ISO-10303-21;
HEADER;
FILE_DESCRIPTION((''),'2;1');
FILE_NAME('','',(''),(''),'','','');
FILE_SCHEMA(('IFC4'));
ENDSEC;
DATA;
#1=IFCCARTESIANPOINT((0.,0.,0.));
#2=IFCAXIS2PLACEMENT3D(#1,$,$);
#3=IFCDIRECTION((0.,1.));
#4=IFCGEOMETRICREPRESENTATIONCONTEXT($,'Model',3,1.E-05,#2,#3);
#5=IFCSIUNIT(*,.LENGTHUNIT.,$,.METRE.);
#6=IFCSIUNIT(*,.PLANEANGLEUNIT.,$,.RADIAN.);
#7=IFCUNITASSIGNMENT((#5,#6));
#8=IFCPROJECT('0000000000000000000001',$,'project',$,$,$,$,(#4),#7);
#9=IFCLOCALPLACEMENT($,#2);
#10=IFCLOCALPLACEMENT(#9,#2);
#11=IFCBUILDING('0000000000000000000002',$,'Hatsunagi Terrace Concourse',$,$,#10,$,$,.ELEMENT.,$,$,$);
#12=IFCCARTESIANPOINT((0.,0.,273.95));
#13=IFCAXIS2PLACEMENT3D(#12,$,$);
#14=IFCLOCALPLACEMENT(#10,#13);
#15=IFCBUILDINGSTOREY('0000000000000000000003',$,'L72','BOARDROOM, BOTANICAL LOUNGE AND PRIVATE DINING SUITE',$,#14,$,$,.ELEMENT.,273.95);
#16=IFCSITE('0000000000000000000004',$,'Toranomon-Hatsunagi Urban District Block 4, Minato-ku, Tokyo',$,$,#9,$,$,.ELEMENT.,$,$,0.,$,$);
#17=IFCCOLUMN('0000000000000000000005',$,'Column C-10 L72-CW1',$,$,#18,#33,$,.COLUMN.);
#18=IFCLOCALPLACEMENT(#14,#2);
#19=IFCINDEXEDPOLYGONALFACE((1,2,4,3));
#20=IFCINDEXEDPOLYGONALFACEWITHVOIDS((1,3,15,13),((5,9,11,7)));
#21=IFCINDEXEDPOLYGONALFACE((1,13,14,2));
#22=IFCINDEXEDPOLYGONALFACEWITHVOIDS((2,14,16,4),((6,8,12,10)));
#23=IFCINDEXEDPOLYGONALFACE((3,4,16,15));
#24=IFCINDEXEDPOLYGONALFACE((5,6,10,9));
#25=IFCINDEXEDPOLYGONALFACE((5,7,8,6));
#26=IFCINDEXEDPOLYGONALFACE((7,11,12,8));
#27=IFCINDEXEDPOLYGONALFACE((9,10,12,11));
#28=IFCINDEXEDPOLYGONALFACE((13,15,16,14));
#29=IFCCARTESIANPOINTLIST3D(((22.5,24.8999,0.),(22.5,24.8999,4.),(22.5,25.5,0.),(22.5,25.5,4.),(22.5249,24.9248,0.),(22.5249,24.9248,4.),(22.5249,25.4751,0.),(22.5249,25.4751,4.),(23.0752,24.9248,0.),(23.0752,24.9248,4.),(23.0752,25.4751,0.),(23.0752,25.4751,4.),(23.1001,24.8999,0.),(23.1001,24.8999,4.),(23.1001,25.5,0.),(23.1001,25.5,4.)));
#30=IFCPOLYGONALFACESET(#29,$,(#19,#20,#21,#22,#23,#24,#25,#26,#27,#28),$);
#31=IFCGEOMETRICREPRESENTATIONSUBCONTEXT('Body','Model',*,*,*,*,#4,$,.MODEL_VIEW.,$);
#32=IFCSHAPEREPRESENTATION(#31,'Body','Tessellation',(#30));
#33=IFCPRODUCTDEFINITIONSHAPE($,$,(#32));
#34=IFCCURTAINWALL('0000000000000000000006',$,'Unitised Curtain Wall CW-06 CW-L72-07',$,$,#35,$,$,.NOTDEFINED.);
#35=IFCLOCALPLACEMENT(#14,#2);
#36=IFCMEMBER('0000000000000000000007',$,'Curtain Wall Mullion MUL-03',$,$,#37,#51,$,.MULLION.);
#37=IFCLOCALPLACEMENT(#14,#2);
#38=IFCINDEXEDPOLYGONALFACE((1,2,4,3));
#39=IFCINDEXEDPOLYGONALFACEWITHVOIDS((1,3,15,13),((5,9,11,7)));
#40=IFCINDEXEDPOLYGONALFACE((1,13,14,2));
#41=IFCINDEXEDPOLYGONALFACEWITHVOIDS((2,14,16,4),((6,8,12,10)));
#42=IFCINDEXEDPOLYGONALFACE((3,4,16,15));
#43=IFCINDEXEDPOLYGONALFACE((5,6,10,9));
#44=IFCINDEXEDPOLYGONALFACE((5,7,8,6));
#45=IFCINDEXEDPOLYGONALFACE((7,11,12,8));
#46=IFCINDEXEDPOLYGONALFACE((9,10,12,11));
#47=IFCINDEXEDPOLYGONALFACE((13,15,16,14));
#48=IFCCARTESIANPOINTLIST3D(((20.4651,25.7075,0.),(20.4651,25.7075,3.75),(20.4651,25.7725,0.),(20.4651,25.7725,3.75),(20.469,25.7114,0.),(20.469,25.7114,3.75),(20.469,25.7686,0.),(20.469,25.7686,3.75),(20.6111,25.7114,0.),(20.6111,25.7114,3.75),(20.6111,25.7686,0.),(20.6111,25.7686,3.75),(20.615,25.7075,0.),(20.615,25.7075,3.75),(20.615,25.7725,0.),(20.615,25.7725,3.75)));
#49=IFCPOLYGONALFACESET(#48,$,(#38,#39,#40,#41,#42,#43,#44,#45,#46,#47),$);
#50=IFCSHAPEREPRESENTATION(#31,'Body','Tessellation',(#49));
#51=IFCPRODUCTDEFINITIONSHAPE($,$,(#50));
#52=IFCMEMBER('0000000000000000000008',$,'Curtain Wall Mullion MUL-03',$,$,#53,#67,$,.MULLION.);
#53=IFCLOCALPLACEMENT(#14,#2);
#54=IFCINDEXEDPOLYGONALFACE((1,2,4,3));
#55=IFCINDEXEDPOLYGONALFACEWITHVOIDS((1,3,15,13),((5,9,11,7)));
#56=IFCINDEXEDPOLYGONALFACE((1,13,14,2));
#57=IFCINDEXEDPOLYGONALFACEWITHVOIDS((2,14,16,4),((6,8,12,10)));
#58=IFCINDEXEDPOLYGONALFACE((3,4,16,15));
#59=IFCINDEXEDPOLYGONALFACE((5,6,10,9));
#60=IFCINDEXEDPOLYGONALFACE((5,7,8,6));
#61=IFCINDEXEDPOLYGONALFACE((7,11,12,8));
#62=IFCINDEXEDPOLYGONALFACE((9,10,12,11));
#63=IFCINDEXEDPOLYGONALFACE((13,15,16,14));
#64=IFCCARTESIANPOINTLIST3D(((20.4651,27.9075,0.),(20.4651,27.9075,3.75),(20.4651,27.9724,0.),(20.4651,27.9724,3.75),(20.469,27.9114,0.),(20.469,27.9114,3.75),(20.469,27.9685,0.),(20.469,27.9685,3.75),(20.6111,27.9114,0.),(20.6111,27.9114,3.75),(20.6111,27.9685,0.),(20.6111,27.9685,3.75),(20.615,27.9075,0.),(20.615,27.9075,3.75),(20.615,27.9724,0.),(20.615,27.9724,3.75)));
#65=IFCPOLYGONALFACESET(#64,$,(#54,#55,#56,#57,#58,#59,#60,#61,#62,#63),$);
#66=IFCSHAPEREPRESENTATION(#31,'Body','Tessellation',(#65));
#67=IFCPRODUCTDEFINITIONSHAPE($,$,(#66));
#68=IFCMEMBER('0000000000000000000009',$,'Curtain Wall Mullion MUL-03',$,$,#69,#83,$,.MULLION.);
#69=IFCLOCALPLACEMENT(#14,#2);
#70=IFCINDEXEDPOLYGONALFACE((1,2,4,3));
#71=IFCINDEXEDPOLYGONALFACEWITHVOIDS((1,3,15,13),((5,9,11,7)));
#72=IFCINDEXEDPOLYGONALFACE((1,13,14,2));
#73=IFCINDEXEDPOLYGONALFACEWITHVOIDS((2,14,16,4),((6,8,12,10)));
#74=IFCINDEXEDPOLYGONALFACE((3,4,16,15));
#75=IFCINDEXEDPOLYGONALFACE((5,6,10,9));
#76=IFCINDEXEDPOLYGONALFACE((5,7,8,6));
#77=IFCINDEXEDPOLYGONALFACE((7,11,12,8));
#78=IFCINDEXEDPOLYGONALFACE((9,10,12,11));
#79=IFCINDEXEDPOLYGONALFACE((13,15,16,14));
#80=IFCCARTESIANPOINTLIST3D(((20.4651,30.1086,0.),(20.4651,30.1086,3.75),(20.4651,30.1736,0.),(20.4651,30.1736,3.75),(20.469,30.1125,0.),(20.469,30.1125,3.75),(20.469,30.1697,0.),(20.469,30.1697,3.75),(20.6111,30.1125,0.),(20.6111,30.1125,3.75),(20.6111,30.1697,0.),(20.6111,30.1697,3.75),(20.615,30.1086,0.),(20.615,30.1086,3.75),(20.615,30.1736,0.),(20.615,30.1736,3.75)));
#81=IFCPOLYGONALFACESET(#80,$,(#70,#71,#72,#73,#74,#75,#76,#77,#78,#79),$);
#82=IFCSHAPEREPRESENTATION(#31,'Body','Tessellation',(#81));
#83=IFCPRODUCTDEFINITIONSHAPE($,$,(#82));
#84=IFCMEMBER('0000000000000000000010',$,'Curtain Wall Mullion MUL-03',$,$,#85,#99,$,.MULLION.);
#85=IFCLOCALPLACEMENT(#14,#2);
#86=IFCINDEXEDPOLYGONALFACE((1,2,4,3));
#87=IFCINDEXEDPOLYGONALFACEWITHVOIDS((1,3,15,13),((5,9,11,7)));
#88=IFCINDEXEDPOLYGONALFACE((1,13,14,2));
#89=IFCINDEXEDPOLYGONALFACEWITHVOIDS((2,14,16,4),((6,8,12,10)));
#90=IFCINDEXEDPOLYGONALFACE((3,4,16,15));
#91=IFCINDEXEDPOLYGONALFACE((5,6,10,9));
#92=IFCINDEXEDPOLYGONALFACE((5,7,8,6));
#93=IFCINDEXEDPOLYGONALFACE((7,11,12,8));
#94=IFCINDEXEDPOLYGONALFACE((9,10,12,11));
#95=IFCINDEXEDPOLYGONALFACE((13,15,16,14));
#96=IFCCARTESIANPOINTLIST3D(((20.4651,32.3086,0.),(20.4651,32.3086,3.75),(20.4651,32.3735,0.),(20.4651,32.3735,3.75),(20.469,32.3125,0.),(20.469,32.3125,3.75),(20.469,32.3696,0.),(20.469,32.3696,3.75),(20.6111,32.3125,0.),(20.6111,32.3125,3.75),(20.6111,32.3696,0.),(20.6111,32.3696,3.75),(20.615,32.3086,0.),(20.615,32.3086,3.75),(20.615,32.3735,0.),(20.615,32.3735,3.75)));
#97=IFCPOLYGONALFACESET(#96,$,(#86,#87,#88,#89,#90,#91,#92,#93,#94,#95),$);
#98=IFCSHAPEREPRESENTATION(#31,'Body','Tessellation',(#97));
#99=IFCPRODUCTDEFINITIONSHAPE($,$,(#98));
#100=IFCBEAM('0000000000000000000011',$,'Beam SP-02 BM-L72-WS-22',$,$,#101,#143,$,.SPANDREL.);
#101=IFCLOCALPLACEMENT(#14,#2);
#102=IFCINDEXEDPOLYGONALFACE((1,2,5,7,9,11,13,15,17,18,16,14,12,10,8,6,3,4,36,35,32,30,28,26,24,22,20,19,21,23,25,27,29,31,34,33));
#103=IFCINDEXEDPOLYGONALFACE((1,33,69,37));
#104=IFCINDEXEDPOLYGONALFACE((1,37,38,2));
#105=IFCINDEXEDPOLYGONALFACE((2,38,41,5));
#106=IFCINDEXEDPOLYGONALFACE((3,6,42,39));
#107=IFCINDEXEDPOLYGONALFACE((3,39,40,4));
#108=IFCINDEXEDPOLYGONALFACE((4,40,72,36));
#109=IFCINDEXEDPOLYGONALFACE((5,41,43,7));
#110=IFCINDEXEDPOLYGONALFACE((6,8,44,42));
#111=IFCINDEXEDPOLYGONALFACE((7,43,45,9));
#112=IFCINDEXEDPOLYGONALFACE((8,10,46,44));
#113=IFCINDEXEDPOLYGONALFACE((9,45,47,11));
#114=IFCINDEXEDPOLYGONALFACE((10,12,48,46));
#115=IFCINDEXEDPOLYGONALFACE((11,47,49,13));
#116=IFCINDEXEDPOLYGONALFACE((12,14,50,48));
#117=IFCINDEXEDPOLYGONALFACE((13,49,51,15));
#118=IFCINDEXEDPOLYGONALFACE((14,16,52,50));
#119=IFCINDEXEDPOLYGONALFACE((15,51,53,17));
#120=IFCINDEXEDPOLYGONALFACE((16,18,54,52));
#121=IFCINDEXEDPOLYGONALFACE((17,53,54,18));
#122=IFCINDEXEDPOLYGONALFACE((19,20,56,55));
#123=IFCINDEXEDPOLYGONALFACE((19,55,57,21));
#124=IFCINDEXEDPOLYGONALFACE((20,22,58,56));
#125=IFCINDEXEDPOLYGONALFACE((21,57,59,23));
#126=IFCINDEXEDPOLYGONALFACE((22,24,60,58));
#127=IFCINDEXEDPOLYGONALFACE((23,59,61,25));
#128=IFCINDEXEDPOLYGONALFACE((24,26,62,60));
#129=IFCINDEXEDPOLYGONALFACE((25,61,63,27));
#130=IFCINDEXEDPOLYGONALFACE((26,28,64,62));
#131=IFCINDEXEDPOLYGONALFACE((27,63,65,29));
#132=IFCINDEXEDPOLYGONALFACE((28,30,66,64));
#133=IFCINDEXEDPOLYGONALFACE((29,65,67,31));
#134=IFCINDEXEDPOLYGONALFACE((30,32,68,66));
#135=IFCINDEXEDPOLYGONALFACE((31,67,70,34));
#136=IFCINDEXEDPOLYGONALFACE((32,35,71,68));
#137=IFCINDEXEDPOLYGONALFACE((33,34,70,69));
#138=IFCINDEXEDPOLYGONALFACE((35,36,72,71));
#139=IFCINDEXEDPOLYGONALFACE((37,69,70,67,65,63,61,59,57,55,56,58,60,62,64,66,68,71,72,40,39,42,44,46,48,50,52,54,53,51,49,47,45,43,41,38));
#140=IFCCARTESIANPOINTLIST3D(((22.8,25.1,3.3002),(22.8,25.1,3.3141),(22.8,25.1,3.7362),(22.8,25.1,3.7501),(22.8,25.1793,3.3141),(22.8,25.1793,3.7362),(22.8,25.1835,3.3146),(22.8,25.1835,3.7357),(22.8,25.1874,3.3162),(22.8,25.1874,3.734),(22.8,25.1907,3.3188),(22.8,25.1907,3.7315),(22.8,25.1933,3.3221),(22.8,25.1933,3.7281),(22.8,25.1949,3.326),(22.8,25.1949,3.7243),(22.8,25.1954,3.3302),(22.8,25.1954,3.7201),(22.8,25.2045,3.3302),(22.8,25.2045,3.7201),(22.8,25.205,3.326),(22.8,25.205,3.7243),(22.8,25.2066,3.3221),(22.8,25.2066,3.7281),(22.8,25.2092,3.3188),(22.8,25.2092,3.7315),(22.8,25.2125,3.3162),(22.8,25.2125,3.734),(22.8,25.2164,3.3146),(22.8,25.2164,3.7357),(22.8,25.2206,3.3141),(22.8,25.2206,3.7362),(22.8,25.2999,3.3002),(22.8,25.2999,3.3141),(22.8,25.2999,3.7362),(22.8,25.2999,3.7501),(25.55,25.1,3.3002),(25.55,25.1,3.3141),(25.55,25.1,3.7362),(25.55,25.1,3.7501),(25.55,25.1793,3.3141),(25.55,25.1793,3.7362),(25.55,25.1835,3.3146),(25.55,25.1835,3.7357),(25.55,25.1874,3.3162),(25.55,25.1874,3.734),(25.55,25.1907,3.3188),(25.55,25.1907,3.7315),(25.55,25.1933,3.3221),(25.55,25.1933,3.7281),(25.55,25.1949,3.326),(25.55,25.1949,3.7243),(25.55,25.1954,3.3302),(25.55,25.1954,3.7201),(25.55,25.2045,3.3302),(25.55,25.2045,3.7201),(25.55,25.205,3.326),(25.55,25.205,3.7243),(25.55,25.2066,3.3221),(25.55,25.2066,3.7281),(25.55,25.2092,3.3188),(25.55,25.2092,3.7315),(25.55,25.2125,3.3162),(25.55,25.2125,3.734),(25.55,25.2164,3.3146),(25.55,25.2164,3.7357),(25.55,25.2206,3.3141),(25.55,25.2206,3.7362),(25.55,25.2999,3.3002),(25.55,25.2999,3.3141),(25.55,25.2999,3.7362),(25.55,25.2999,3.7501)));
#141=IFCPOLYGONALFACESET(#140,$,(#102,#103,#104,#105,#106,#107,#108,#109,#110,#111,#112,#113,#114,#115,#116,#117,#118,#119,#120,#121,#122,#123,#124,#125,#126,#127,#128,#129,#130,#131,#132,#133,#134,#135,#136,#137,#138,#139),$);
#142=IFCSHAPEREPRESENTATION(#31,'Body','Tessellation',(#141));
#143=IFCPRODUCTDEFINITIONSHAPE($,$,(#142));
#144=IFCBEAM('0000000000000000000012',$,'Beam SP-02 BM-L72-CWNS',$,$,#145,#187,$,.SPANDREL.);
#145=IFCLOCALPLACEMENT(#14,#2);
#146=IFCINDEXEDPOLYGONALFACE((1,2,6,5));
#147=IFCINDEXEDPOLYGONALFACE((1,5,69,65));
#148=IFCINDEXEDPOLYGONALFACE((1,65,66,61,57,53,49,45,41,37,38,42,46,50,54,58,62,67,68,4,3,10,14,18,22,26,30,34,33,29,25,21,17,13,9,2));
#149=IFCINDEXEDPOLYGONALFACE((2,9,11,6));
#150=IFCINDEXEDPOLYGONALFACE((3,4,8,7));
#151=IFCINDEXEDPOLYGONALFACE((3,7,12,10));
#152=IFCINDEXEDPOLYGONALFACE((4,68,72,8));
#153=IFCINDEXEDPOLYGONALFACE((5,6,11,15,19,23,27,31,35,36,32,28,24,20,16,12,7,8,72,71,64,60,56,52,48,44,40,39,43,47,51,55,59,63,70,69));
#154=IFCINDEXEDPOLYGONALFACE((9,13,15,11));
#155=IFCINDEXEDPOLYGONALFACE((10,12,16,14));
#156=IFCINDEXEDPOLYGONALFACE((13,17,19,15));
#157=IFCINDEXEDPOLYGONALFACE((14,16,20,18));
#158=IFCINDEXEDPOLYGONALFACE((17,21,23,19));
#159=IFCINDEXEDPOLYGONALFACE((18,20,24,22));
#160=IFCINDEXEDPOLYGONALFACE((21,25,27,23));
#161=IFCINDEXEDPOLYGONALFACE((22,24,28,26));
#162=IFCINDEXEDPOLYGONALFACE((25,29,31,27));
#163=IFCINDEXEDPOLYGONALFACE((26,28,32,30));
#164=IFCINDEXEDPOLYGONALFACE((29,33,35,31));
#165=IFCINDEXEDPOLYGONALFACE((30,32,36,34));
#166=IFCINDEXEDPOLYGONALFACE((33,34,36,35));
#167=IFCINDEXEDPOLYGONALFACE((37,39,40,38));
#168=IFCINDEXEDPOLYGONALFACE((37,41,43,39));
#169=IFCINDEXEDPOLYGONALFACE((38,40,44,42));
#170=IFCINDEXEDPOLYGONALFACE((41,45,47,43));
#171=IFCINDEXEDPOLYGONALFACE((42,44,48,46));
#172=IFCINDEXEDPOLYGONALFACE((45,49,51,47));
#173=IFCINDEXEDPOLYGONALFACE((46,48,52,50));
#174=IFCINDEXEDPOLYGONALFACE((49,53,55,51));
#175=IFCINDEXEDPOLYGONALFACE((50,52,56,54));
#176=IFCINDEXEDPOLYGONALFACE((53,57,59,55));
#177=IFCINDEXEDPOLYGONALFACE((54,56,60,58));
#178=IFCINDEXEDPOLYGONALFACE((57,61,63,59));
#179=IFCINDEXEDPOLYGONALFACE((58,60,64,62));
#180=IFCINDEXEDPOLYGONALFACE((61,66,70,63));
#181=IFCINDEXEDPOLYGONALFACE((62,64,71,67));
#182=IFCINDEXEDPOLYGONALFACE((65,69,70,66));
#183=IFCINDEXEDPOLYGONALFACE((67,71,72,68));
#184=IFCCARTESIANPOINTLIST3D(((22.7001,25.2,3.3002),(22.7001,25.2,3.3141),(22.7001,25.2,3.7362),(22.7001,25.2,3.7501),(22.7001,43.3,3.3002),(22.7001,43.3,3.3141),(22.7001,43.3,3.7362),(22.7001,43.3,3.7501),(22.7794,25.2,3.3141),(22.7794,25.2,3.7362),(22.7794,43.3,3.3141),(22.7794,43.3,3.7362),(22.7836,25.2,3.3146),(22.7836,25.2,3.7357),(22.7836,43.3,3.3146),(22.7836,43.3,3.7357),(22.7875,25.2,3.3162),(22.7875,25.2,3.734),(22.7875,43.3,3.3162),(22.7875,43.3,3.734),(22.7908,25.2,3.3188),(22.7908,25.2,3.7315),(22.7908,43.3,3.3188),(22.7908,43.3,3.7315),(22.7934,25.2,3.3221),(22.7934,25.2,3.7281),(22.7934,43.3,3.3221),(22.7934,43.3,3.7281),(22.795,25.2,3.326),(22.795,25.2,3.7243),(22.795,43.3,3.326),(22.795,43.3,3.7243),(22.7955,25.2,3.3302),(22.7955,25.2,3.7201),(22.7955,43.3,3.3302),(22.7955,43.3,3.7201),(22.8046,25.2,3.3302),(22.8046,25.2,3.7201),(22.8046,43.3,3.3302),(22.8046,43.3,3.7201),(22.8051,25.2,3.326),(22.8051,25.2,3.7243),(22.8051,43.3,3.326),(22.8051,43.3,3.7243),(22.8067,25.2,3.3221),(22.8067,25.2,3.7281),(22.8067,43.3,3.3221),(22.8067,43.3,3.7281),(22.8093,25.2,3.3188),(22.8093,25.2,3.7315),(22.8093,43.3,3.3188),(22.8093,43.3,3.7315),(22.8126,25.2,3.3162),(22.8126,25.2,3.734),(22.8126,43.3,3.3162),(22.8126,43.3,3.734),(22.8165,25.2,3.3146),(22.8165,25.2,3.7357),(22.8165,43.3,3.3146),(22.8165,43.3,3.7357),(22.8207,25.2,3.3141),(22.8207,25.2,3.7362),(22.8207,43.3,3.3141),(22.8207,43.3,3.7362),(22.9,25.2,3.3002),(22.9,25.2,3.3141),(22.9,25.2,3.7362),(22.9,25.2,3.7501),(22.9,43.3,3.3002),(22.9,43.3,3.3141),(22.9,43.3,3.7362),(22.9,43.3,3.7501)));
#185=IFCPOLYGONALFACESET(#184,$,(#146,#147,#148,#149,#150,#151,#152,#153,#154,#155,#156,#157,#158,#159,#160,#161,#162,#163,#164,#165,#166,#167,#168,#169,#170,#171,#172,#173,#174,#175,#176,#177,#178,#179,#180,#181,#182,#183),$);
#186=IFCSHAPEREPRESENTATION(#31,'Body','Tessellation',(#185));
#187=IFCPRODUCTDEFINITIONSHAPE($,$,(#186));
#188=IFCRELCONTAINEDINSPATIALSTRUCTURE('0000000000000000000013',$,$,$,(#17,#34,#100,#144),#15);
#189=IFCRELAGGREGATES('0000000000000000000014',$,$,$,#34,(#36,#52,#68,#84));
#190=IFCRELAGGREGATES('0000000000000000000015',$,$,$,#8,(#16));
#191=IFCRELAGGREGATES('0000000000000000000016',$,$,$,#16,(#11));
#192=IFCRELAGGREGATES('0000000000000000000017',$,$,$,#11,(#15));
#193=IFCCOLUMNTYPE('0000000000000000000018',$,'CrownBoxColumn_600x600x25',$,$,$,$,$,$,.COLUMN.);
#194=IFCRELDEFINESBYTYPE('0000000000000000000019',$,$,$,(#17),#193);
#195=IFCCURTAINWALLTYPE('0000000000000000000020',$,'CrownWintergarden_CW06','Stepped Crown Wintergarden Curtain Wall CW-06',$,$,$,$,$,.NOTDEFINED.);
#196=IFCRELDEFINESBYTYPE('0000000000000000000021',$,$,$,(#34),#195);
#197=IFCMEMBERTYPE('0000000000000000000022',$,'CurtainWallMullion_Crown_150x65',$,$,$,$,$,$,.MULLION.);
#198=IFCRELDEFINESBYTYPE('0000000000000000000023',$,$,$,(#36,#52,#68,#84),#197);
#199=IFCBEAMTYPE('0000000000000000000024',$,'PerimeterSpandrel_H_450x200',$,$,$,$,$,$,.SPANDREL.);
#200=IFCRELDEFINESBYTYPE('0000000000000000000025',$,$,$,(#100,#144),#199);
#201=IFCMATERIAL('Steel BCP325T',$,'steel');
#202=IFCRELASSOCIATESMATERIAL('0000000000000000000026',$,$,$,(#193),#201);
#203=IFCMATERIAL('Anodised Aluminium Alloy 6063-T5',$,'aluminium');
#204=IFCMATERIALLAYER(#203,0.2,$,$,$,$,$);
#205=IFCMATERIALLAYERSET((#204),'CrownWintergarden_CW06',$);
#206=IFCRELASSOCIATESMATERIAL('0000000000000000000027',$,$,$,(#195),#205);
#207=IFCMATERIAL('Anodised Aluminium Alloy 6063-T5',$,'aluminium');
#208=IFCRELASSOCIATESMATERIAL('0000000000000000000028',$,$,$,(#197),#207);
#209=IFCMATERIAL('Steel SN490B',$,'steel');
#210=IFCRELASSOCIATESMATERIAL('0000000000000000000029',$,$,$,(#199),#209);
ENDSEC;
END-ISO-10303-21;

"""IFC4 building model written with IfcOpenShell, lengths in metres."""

from ifc_helpers import new_model, si_unit, direction, frame, origin, origin_2d, place, context, subcontext, project, spatial, hollow_rectangle, i_section, extrude, material, layer, layer_set, material_profile, profile_set, type_object, element, aggregate, save


model = new_model("IFC4")

# Units and contexts
model_context = context("Model", 3, precision=1e-05, world=origin(), true_north=direction((0.0, 1.0)))
body_context = subcontext(model_context, "Body", "Model", "MODEL_VIEW")
ifc_project = project(units=[si_unit("LENGTHUNIT", "METRE"), si_unit("PLANEANGLEUNIT", "RADIAN")], contexts=[model_context])

# Site, building, storey
site_placement = place(None, origin())
site = spatial("IfcSite", under=ifc_project, at=site_placement, Name="Toranomon-Hatsunagi Urban District Block 4, Minato-ku, Tokyo", CompositionType="ELEMENT", RefElevation=0.0)
building_placement = place(site_placement, origin())
building = spatial("IfcBuilding", under=site, at=building_placement, Name="Hatsunagi Terrace Concourse", CompositionType="ELEMENT")
storey_placement = place(building_placement, frame((0.0, 0.0, 273.95)))
storey = spatial("IfcBuildingStorey", under=building, at=storey_placement, Name="L72", Description="BOARDROOM, BOTANICAL LOUNGE AND PRIVATE DINING SUITE", CompositionType="ELEMENT", Elevation=273.95)

# Column
ifc_material_1 = material(Name="Steel BCP325T", Category="steel")
ifc_material_profile_1 = material_profile(ifc_material_1, hollow_rectangle(XDim=0.6001, YDim=0.6001, WallThickness=0.0249, at=origin_2d()), Name="BCP-600x600x25")
ifc_profile_set_1 = profile_set([ifc_material_profile_1], Name="Steel BCP325T")
column_type = type_object("IfcColumnType", Name="CrownBoxColumn_600x600x25", PredefinedType="COLUMN", material=ifc_profile_set_1)
column_placement = place(storey_placement, frame((22.8, 25.2, 0.0), z_axis=(0.0, 0.0, 1.0), x_axis=(1.0, 0.0, 0.0)))
element("IfcColumn", 1, at=column_placement, inside=storey, type_object=column_type, Name="Column C-10 L72-CW1", PredefinedType="COLUMN", context=body_context, shape_type="SweptSolid", body=[
    extrude(hollow_rectangle(XDim=0.6001, YDim=0.6001, WallThickness=0.0249, at=origin_2d()), origin(), (0.0, 0.0, 1.0), 4.0),
])

# Curtain wall, members
ifc_material_2 = material(Name="Anodised Aluminium Alloy 6063-T5", Category="aluminium")
ifc_layer_1 = layer(ifc_material_2, 0.2)
ifc_layer_set_1 = layer_set([ifc_layer_1], Name="CrownWintergarden_CW06")
curtain_wall_type = type_object("IfcCurtainWallType", Name="CrownWintergarden_CW06", Description="Stepped Crown Wintergarden Curtain Wall CW-06", PredefinedType="NOTDEFINED", material=ifc_layer_set_1)
curtain_wall_placement = place(storey_placement, origin())
curtain_wall = element("IfcCurtainWall", 2, at=curtain_wall_placement, inside=storey, type_object=curtain_wall_type, Name="Unitised Curtain Wall CW-06 CW-L72-07", PredefinedType="NOTDEFINED")
ifc_material_3 = material(Name="Anodised Aluminium Alloy 6063-T5", Category="aluminium")
ifc_material_profile_2 = material_profile(ifc_material_3, hollow_rectangle(XDim=0.0649, YDim=0.1499, WallThickness=0.0039, at=origin_2d()), Name="ALU-MUL-150x65x4")
ifc_profile_set_2 = profile_set([ifc_material_profile_2], Name="Anodised Aluminium Alloy 6063-T5")
member_type = type_object("IfcMemberType", Name="CurtainWallMullion_Crown_150x65", PredefinedType="MULLION", material=ifc_profile_set_2)
member_1_placement = place(storey_placement, frame((20.54, 25.74, 0.0), z_axis=(0.0, 0.0, 1.0), x_axis=(0.0, 1.0, 0.0)))
member_1 = element("IfcMember", 3, at=member_1_placement, type_object=member_type, Name="Curtain Wall Mullion MUL-03", PredefinedType="MULLION", context=body_context, shape_type="SweptSolid", body=[
    extrude(hollow_rectangle(XDim=0.0649, YDim=0.1499, WallThickness=0.0039, at=origin_2d()), origin(), (0.0, 0.0, 1.0), 3.75),
])
member_2_placement = place(storey_placement, frame((20.54, 27.9399, 0.0), z_axis=(0.0, 0.0, 1.0), x_axis=(0.0, 1.0, 0.0)))
member_2 = element("IfcMember", 4, at=member_2_placement, type_object=member_type, Name="Curtain Wall Mullion MUL-03", PredefinedType="MULLION", context=body_context, shape_type="SweptSolid", body=[
    extrude(hollow_rectangle(XDim=0.0649, YDim=0.1499, WallThickness=0.0039, at=origin_2d()), origin(), (0.0, 0.0, 1.0), 3.75),
])
member_3_placement = place(storey_placement, frame((20.54, 30.1411, 0.0), z_axis=(0.0, 0.0, 1.0), x_axis=(0.0, 1.0, 0.0)))
member_3 = element("IfcMember", 5, at=member_3_placement, type_object=member_type, Name="Curtain Wall Mullion MUL-03", PredefinedType="MULLION", context=body_context, shape_type="SweptSolid", body=[
    extrude(hollow_rectangle(XDim=0.0649, YDim=0.1499, WallThickness=0.0039, at=origin_2d()), origin(), (0.0, 0.0, 1.0), 3.75),
])
member_4_placement = place(storey_placement, frame((20.54, 32.3411, 0.0), z_axis=(0.0, 0.0, 1.0), x_axis=(0.0, 1.0, 0.0)))
member_4 = element("IfcMember", 6, at=member_4_placement, type_object=member_type, Name="Curtain Wall Mullion MUL-03", PredefinedType="MULLION", context=body_context, shape_type="SweptSolid", body=[
    extrude(hollow_rectangle(XDim=0.0649, YDim=0.1499, WallThickness=0.0039, at=origin_2d()), origin(), (0.0, 0.0, 1.0), 3.75),
])

# Beams
ifc_material_4 = material(Name="Steel SN490B", Category="steel")
ifc_material_profile_3 = material_profile(ifc_material_4, i_section(OverallWidth=0.2, OverallDepth=0.45, WebThickness=0.009, FlangeThickness=0.0139, FilletRadius=0.0161, at=origin_2d()), Name="H-450x200x9x14")
ifc_profile_set_3 = profile_set([ifc_material_profile_3], Name="Steel SN490B")
beam_type = type_object("IfcBeamType", Name="PerimeterSpandrel_H_450x200", PredefinedType="SPANDREL", material=ifc_profile_set_3)
beam_1_placement = place(storey_placement, frame((22.8, 25.2, 3.5251), z_axis=(1.0, 0.0, 0.0), x_axis=(0.0, 1.0, 0.0)))
element("IfcBeam", 7, at=beam_1_placement, inside=storey, type_object=beam_type, Name="Beam SP-02 BM-L72-WS-22", PredefinedType="SPANDREL", context=body_context, shape_type="SweptSolid", body=[
    extrude(i_section(OverallWidth=0.2, OverallDepth=0.45, WebThickness=0.009, FlangeThickness=0.0139, FilletRadius=0.0161, at=origin_2d()), origin(), (0.0, 0.0, 1.0), 2.75),
])
beam_2_placement = place(storey_placement, frame((22.8, 25.2, 3.5251), z_axis=(0.0, 1.0, 0.0), x_axis=(-1.0, 0.0, 0.0)))
element("IfcBeam", 8, at=beam_2_placement, inside=storey, type_object=beam_type, Name="Beam SP-02 BM-L72-CWNS", PredefinedType="SPANDREL", context=body_context, shape_type="SweptSolid", body=[
    extrude(i_section(OverallWidth=0.2, OverallDepth=0.45, WebThickness=0.009, FlangeThickness=0.0139, FilletRadius=0.0161, at=origin_2d()), origin(), (0.0, 0.0, 1.0), 18.1001),
])

aggregate(curtain_wall, [member_1, member_2, member_3, member_4])

save(model, "model.ifc")
